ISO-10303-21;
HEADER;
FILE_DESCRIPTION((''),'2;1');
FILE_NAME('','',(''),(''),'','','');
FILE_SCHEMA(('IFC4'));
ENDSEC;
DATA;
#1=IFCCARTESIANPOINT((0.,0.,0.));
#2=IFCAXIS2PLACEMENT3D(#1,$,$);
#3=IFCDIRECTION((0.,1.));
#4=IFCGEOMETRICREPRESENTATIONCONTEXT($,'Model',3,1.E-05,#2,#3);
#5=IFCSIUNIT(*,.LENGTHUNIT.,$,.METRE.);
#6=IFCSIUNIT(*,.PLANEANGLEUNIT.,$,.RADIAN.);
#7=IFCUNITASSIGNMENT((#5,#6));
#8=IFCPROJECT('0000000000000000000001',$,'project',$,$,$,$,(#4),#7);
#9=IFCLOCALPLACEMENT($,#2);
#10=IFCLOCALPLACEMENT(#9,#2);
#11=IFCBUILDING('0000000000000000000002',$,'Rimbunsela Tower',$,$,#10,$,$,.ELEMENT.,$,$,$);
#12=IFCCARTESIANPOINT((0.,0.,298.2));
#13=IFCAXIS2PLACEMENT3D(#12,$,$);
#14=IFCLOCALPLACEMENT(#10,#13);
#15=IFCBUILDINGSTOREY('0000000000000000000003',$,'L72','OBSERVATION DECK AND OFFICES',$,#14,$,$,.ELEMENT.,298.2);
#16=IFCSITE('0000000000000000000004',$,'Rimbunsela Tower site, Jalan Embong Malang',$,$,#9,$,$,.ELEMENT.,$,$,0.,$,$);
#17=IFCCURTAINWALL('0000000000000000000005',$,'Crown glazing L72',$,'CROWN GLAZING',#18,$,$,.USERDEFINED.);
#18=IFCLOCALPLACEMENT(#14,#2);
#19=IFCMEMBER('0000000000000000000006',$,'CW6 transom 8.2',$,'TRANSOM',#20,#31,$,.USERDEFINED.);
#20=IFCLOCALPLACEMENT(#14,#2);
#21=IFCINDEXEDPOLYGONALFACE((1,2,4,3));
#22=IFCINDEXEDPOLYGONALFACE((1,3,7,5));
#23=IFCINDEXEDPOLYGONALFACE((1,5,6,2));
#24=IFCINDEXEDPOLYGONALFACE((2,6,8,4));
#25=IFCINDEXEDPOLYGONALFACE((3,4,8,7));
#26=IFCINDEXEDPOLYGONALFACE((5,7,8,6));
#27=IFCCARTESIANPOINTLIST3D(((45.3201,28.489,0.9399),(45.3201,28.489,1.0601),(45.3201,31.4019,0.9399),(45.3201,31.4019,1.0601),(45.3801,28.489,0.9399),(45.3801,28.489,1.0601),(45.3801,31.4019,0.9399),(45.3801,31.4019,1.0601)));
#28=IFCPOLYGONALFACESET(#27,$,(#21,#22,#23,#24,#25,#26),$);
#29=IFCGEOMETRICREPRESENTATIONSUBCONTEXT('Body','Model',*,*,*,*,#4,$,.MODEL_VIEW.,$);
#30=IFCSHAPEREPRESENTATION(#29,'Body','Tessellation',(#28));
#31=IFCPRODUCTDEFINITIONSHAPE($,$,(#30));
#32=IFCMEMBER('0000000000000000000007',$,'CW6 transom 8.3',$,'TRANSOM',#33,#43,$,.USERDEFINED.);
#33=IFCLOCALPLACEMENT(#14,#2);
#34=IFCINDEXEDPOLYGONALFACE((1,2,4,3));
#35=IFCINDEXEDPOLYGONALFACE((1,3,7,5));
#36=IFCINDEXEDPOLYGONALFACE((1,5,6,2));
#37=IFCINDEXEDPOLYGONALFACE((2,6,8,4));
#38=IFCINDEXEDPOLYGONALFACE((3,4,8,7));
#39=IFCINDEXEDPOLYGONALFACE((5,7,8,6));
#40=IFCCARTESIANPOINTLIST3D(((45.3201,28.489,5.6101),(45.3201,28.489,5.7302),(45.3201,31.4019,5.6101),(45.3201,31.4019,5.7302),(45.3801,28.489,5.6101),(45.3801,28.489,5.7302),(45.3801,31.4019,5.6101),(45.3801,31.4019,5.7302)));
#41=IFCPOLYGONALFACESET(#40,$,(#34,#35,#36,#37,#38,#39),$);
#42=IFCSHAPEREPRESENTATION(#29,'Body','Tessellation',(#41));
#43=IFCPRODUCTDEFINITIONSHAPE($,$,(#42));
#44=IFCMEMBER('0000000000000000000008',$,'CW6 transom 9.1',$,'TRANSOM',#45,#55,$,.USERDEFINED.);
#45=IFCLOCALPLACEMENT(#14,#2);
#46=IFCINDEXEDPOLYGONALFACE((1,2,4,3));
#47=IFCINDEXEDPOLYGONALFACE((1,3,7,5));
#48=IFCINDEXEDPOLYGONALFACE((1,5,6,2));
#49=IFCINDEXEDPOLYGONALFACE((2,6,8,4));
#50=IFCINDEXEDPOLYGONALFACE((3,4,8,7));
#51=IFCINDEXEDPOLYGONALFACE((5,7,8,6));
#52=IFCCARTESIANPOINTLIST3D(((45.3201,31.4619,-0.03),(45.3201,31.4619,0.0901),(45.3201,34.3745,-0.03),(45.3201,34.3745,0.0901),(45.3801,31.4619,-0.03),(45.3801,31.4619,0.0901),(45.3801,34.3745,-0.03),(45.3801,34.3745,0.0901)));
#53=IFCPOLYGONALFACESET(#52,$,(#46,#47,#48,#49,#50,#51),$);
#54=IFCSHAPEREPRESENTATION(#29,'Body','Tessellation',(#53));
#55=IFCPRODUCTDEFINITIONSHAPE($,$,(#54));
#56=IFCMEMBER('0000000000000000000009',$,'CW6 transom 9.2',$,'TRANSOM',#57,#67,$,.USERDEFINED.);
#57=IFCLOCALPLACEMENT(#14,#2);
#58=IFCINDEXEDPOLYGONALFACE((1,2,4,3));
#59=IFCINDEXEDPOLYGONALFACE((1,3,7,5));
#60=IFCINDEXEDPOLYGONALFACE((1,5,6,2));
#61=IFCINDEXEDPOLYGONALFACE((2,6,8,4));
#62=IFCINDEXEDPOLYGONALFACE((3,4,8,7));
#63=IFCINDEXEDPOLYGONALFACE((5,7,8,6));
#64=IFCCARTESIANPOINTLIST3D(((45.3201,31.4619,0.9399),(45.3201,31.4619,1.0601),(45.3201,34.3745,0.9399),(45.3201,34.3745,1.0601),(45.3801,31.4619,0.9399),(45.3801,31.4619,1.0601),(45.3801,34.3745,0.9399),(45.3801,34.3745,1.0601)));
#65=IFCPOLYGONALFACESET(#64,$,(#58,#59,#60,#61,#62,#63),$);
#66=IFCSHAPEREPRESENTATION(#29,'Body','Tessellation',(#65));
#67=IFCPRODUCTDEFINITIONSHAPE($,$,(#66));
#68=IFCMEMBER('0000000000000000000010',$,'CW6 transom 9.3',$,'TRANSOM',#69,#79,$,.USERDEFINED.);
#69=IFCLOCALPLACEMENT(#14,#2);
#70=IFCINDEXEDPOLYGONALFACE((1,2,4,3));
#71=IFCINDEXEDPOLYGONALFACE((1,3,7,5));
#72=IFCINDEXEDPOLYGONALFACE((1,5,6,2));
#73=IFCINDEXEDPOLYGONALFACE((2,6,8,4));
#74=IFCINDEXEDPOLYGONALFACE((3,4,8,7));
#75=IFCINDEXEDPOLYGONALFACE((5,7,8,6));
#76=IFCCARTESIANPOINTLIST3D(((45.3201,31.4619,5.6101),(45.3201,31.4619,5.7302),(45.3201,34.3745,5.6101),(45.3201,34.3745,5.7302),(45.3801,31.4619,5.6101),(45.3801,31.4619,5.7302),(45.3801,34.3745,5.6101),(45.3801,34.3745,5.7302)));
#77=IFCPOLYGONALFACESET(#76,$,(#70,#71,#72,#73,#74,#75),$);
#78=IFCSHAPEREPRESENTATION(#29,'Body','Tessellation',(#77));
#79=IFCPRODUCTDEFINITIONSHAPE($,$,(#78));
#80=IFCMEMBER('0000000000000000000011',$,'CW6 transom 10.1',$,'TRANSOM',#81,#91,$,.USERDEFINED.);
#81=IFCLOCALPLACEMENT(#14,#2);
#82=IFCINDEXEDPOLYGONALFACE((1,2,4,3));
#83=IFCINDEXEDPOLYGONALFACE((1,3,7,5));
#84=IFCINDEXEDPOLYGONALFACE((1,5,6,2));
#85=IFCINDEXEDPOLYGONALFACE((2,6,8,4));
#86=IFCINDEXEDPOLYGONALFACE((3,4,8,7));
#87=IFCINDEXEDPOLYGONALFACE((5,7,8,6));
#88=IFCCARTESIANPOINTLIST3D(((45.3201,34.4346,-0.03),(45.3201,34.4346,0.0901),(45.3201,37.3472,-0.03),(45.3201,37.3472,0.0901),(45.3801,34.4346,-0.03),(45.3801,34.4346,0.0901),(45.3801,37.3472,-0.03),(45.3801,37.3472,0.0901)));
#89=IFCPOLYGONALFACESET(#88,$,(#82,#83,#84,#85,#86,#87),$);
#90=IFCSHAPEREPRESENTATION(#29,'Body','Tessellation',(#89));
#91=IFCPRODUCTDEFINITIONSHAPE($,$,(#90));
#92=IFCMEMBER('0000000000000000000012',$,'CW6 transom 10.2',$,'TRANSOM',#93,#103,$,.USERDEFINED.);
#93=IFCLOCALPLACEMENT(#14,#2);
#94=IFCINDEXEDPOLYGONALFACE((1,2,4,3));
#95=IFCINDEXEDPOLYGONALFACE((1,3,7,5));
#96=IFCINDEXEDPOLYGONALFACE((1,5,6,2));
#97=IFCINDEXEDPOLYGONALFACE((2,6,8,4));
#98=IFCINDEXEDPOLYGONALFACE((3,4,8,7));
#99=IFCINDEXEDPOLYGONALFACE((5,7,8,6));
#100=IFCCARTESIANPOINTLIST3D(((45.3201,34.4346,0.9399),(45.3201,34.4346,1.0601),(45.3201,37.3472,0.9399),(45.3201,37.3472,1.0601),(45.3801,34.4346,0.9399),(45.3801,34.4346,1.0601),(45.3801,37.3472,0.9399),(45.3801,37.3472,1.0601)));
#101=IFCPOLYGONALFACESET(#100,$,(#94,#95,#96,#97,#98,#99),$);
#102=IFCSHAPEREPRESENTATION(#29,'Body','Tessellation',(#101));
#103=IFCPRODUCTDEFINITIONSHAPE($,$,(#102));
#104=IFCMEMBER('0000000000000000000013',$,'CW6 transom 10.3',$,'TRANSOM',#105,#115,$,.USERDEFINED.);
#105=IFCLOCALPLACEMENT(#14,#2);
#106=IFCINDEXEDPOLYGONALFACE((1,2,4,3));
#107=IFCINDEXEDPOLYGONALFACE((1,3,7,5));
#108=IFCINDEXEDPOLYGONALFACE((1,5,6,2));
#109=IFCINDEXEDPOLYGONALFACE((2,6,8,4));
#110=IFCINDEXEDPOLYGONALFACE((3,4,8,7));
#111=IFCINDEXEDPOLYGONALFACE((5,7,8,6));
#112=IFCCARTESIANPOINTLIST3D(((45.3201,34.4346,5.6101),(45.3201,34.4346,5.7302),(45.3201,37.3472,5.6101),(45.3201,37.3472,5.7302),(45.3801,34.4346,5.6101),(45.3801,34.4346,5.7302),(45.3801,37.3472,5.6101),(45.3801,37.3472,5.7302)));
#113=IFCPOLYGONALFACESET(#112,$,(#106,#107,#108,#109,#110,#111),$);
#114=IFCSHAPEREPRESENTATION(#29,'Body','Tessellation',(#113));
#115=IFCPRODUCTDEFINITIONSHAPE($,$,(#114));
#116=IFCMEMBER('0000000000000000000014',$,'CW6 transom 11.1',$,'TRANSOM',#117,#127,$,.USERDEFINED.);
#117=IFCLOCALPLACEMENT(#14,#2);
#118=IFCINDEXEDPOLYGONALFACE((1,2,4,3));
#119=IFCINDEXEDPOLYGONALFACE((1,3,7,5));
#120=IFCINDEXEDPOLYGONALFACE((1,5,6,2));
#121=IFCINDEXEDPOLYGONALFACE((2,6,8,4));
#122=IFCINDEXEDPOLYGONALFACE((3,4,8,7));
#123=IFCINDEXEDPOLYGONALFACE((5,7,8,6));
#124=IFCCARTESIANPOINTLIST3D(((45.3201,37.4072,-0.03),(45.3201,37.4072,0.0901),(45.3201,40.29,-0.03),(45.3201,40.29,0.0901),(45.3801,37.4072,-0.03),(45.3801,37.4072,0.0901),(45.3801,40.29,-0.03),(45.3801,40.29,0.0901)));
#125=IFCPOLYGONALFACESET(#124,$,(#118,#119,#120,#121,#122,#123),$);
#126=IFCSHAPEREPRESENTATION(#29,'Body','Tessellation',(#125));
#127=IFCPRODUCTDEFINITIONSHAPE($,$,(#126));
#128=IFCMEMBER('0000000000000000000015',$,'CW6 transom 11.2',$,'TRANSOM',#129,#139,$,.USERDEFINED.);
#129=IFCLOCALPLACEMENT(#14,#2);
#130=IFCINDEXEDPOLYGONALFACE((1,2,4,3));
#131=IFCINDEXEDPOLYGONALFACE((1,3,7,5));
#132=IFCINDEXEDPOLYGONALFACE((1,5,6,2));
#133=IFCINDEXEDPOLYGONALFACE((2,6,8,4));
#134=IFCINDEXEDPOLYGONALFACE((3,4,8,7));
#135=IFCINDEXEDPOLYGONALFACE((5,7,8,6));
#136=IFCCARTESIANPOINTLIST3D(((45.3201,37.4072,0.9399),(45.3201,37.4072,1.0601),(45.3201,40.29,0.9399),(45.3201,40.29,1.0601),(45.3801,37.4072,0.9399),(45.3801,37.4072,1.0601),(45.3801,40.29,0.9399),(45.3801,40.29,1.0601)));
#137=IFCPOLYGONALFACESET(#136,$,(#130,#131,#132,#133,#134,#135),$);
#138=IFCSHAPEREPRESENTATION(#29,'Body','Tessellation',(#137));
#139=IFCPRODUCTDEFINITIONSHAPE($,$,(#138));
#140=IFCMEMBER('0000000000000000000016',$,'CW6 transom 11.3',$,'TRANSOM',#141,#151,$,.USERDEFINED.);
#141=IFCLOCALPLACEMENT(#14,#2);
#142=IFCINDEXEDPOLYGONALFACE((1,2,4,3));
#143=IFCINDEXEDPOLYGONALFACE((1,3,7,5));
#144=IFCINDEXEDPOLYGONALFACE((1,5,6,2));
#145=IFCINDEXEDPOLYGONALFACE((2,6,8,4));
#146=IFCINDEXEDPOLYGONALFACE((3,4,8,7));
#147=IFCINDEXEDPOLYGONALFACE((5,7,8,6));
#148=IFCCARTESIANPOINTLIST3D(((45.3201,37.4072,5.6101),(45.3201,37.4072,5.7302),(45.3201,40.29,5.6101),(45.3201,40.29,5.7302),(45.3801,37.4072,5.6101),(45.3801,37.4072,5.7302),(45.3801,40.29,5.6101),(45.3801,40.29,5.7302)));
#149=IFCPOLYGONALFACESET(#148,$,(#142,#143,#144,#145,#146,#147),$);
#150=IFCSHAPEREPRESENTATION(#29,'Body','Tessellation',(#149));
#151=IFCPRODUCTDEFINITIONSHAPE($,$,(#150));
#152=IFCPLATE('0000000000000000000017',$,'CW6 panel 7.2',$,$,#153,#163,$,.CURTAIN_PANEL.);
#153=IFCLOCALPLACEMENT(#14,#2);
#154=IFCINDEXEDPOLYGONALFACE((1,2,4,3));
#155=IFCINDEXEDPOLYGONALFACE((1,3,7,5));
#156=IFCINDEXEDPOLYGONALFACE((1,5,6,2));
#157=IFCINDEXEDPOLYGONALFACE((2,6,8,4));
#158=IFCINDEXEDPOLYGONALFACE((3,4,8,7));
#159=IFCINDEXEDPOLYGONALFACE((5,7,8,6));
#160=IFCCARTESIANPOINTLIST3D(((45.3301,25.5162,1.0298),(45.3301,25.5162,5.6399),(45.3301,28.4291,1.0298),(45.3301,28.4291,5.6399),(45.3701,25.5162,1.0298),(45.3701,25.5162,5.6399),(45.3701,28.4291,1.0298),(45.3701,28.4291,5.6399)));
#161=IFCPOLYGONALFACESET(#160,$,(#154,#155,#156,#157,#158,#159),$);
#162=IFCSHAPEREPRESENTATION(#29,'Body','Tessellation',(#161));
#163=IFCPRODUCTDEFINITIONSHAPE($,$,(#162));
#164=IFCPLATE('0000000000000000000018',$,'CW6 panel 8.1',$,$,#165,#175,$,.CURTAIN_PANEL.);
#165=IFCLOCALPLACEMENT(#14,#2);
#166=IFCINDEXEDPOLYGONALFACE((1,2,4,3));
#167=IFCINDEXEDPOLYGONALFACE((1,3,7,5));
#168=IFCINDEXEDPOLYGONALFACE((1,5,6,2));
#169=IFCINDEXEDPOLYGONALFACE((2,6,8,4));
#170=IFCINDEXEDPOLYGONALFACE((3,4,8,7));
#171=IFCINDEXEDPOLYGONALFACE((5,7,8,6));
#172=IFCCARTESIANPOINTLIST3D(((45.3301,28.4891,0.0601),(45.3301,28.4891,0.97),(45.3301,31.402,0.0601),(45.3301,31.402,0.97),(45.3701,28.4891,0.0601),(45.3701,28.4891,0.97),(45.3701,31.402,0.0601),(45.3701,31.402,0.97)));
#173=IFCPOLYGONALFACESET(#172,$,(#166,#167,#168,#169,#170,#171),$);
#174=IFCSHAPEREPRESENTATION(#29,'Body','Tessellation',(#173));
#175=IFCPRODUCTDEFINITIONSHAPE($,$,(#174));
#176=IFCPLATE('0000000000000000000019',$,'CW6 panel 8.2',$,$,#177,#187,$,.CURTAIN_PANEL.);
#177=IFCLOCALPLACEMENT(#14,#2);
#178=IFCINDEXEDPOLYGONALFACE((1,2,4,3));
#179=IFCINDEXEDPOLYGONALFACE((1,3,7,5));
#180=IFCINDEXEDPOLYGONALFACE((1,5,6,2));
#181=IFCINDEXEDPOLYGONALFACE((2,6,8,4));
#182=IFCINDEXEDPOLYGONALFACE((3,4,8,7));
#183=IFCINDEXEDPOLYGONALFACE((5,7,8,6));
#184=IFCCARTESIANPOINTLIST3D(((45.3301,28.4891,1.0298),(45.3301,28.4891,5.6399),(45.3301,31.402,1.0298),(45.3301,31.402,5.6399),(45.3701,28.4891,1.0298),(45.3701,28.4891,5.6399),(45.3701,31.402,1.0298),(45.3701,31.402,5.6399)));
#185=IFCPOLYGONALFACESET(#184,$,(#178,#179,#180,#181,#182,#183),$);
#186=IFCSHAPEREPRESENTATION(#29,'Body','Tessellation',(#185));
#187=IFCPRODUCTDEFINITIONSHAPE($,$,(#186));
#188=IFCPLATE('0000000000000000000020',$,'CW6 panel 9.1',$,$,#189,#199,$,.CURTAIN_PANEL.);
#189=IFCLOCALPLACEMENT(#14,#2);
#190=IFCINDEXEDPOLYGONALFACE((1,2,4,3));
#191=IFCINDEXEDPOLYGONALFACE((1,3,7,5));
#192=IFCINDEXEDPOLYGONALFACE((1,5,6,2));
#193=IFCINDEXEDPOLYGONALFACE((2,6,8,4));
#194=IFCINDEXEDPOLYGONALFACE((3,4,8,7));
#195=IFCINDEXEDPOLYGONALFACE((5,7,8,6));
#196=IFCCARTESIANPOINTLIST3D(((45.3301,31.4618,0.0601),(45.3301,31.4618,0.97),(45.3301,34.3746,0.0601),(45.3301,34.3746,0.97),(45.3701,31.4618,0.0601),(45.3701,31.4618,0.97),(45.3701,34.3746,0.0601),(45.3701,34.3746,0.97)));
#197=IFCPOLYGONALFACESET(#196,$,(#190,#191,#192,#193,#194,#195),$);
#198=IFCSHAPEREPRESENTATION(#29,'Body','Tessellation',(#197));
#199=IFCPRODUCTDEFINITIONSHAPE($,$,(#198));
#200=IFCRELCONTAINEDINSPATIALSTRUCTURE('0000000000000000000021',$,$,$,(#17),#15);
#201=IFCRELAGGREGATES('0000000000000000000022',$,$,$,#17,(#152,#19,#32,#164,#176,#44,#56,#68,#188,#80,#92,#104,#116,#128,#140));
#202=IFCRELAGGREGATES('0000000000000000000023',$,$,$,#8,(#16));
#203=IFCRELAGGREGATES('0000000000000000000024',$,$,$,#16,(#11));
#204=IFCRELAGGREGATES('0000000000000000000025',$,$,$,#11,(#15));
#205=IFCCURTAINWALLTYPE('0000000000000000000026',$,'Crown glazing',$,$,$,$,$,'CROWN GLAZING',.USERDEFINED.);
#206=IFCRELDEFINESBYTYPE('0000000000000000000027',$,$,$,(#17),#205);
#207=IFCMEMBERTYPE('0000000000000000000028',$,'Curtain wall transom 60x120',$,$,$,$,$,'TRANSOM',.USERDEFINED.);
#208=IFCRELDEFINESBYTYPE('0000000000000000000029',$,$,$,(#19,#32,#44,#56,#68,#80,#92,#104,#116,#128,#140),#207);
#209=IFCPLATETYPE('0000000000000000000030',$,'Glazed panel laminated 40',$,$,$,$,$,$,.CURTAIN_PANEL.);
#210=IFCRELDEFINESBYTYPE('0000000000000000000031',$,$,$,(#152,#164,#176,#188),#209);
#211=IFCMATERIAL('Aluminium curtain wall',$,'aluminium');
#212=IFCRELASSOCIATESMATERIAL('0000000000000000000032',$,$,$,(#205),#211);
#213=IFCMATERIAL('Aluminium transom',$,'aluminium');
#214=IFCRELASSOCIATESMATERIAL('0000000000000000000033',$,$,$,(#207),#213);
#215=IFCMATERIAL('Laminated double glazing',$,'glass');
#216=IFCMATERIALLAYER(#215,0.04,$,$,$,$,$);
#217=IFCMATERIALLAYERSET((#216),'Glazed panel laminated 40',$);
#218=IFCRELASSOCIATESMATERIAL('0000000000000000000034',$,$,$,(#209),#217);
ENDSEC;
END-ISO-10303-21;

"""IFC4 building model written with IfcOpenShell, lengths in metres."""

from ifc_helpers import new_model, si_unit, direction, frame, origin, origin_2d, place, context, subcontext, project, spatial, rectangle, extrude, material, layer, layer_set, material_profile, profile_set, type_object, element, aggregate, save


model = new_model("IFC4")

# Units and contexts
model_context = context("Model", 3, precision=1e-05, world=origin(), true_north=direction((0.0, 1.0)))
body_context = subcontext(model_context, "Body", "Model", "MODEL_VIEW")
ifc_project = project(units=[si_unit("LENGTHUNIT", "METRE"), si_unit("PLANEANGLEUNIT", "RADIAN")], contexts=[model_context])

# Site, building, storey
site_placement = place(None, origin())
site = spatial("IfcSite", under=ifc_project, at=site_placement, Name="Rimbunsela Tower site, Jalan Embong Malang", CompositionType="ELEMENT", RefElevation=0.0)
building_placement = place(site_placement, origin())
building = spatial("IfcBuilding", under=site, at=building_placement, Name="Rimbunsela Tower", CompositionType="ELEMENT")
storey_placement = place(building_placement, frame((0.0, 0.0, 298.2)))
storey = spatial("IfcBuildingStorey", under=building, at=storey_placement, Name="L72", Description="OBSERVATION DECK AND OFFICES", CompositionType="ELEMENT", Elevation=298.2)

# Curtain wall, members, plates
ifc_material_1 = material(Name="Aluminium curtain wall", Category="aluminium")
curtain_wall_type = type_object("IfcCurtainWallType", Name="Crown glazing", ElementType="CROWN GLAZING", PredefinedType="USERDEFINED", material=ifc_material_1)
curtain_wall_placement = place(storey_placement, origin())
curtain_wall = element("IfcCurtainWall", 1, at=curtain_wall_placement, inside=storey, type_object=curtain_wall_type, Name="Crown glazing L72", ObjectType="CROWN GLAZING", PredefinedType="USERDEFINED")
ifc_material_2 = material(Name="Aluminium transom", Category="aluminium")
ifc_material_profile_1 = material_profile(ifc_material_2, rectangle(XDim=0.0601, YDim=0.1201, at=origin_2d()), Name="Transom 60x120")
ifc_profile_set_1 = profile_set([ifc_material_profile_1], Name="Aluminium transom")
member_type_1 = type_object("IfcMemberType", Name="Curtain wall transom 60x120", ElementType="TRANSOM", PredefinedType="USERDEFINED", material=ifc_profile_set_1)
member_1_placement = place(storey_placement, frame((45.3501, 28.489, 1.0), z_axis=(0.0, 1.0, 0.0), x_axis=(-1.0, 0.0, 0.0)))
member_1 = element("IfcMember", 2, at=member_1_placement, type_object=member_type_1, Name="CW6 transom 8.2", ObjectType="TRANSOM", PredefinedType="USERDEFINED", context=body_context, shape_type="SweptSolid", body=[
    extrude(rectangle(XDim=0.0601, YDim=0.1201, at=origin_2d()), origin(), (0.0, 0.0, 1.0), 2.9128),
])
member_2_placement = place(storey_placement, frame((45.3501, 28.489, 5.6702), z_axis=(0.0, 1.0, 0.0), x_axis=(-1.0, 0.0, 0.0)))
member_2 = element("IfcMember", 3, at=member_2_placement, type_object=member_type_1, Name="CW6 transom 8.3", ObjectType="TRANSOM", PredefinedType="USERDEFINED", context=body_context, shape_type="SweptSolid", body=[
    extrude(rectangle(XDim=0.0601, YDim=0.1201, at=origin_2d()), origin(), (0.0, 0.0, 1.0), 2.9128),
])
member_3_placement = place(storey_placement, frame((45.3501, 31.4619, 0.03), z_axis=(0.0, 1.0, 0.0), x_axis=(-1.0, 0.0, 0.0)))
member_3 = element("IfcMember", 4, at=member_3_placement, type_object=member_type_1, Name="CW6 transom 9.1", ObjectType="TRANSOM", PredefinedType="USERDEFINED", context=body_context, shape_type="SweptSolid", body=[
    extrude(rectangle(XDim=0.0601, YDim=0.1201, at=origin_2d()), origin(), (0.0, 0.0, 1.0), 2.9126),
])
member_4_placement = place(storey_placement, frame((45.3501, 31.4619, 1.0), z_axis=(0.0, 1.0, 0.0), x_axis=(-1.0, 0.0, 0.0)))
member_4 = element("IfcMember", 5, at=member_4_placement, type_object=member_type_1, Name="CW6 transom 9.2", ObjectType="TRANSOM", PredefinedType="USERDEFINED", context=body_context, shape_type="SweptSolid", body=[
    extrude(rectangle(XDim=0.0601, YDim=0.1201, at=origin_2d()), origin(), (0.0, 0.0, 1.0), 2.9126),
])
member_5_placement = place(storey_placement, frame((45.3501, 31.4619, 5.6702), z_axis=(0.0, 1.0, 0.0), x_axis=(-1.0, 0.0, 0.0)))
member_5 = element("IfcMember", 6, at=member_5_placement, type_object=member_type_1, Name="CW6 transom 9.3", ObjectType="TRANSOM", PredefinedType="USERDEFINED", context=body_context, shape_type="SweptSolid", body=[
    extrude(rectangle(XDim=0.0601, YDim=0.1201, at=origin_2d()), origin(), (0.0, 0.0, 1.0), 2.9126),
])
member_6_placement = place(storey_placement, frame((45.3501, 34.4346, 0.03), z_axis=(0.0, 1.0, 0.0), x_axis=(-1.0, 0.0, 0.0)))
member_6 = element("IfcMember", 7, at=member_6_placement, type_object=member_type_1, Name="CW6 transom 10.1", ObjectType="TRANSOM", PredefinedType="USERDEFINED", context=body_context, shape_type="SweptSolid", body=[
    extrude(rectangle(XDim=0.0601, YDim=0.1201, at=origin_2d()), origin(), (0.0, 0.0, 1.0), 2.9126),
])
member_7_placement = place(storey_placement, frame((45.3501, 34.4346, 1.0), z_axis=(0.0, 1.0, 0.0), x_axis=(-1.0, 0.0, 0.0)))
member_7 = element("IfcMember", 8, at=member_7_placement, type_object=member_type_1, Name="CW6 transom 10.2", ObjectType="TRANSOM", PredefinedType="USERDEFINED", context=body_context, shape_type="SweptSolid", body=[
    extrude(rectangle(XDim=0.0601, YDim=0.1201, at=origin_2d()), origin(), (0.0, 0.0, 1.0), 2.9126),
])
member_8_placement = place(storey_placement, frame((45.3501, 34.4346, 5.6702), z_axis=(0.0, 1.0, 0.0), x_axis=(-1.0, 0.0, 0.0)))
member_8 = element("IfcMember", 9, at=member_8_placement, type_object=member_type_1, Name="CW6 transom 10.3", ObjectType="TRANSOM", PredefinedType="USERDEFINED", context=body_context, shape_type="SweptSolid", body=[
    extrude(rectangle(XDim=0.0601, YDim=0.1201, at=origin_2d()), origin(), (0.0, 0.0, 1.0), 2.9126),
])
member_9_placement = place(storey_placement, frame((45.3501, 37.4072, 0.03), z_axis=(0.0, 1.0, 0.0), x_axis=(-1.0, 0.0, 0.0)))
member_9 = element("IfcMember", 10, at=member_9_placement, type_object=member_type_1, Name="CW6 transom 11.1", ObjectType="TRANSOM", PredefinedType="USERDEFINED", context=body_context, shape_type="SweptSolid", body=[
    extrude(rectangle(XDim=0.0601, YDim=0.1201, at=origin_2d()), origin(), (0.0, 0.0, 1.0), 2.8828),
])
member_10_placement = place(storey_placement, frame((45.3501, 37.4072, 1.0), z_axis=(0.0, 1.0, 0.0), x_axis=(-1.0, 0.0, 0.0)))
member_10 = element("IfcMember", 11, at=member_10_placement, type_object=member_type_1, Name="CW6 transom 11.2", ObjectType="TRANSOM", PredefinedType="USERDEFINED", context=body_context, shape_type="SweptSolid", body=[
    extrude(rectangle(XDim=0.0601, YDim=0.1201, at=origin_2d()), origin(), (0.0, 0.0, 1.0), 2.8828),
])
member_11_placement = place(storey_placement, frame((45.3501, 37.4072, 5.6702), z_axis=(0.0, 1.0, 0.0), x_axis=(-1.0, 0.0, 0.0)))
member_11 = element("IfcMember", 12, at=member_11_placement, type_object=member_type_1, Name="CW6 transom 11.3", ObjectType="TRANSOM", PredefinedType="USERDEFINED", context=body_context, shape_type="SweptSolid", body=[
    extrude(rectangle(XDim=0.0601, YDim=0.1201, at=origin_2d()), origin(), (0.0, 0.0, 1.0), 2.8828),
])
ifc_material_3 = material(Name="Laminated double glazing", Category="glass")
ifc_layer = layer(ifc_material_3, 0.04)
ifc_layer_set = layer_set([ifc_layer], Name="Glazed panel laminated 40")
plate_type = type_object("IfcPlateType", Name="Glazed panel laminated 40", PredefinedType="CURTAIN_PANEL", material=ifc_layer_set)
plate_1_placement = place(storey_placement, frame((45.3501, 26.9727, 1.0298), z_axis=(0.0, 0.0, 1.0), x_axis=(0.0, 1.0, 0.0)))
plate_1 = element("IfcPlate", 13, at=plate_1_placement, type_object=plate_type, Name="CW6 panel 7.2", PredefinedType="CURTAIN_PANEL", context=body_context, shape_type="SweptSolid", body=[
    extrude(rectangle(XDim=2.9128, YDim=0.04, at=origin_2d()), origin(), (0.0, 0.0, 1.0), 4.6101),
])
plate_2_placement = place(storey_placement, frame((45.3501, 29.9456, 0.0601), z_axis=(0.0, 0.0, 1.0), x_axis=(0.0, 1.0, 0.0)))
plate_2 = element("IfcPlate", 14, at=plate_2_placement, type_object=plate_type, Name="CW6 panel 8.1", PredefinedType="CURTAIN_PANEL", context=body_context, shape_type="SweptSolid", body=[
    extrude(rectangle(XDim=2.9128, YDim=0.04, at=origin_2d()), origin(), (0.0, 0.0, 1.0), 0.9099),
])
plate_3_placement = place(storey_placement, frame((45.3501, 29.9456, 1.0298), z_axis=(0.0, 0.0, 1.0), x_axis=(0.0, 1.0, 0.0)))
plate_3 = element("IfcPlate", 15, at=plate_3_placement, type_object=plate_type, Name="CW6 panel 8.2", PredefinedType="CURTAIN_PANEL", context=body_context, shape_type="SweptSolid", body=[
    extrude(rectangle(XDim=2.9128, YDim=0.04, at=origin_2d()), origin(), (0.0, 0.0, 1.0), 4.6101),
])
plate_4_placement = place(storey_placement, frame((45.3501, 32.9182, 0.0601), z_axis=(0.0, 0.0, 1.0), x_axis=(0.0, 1.0, 0.0)))
plate_4 = element("IfcPlate", 16, at=plate_4_placement, type_object=plate_type, Name="CW6 panel 9.1", PredefinedType="CURTAIN_PANEL", context=body_context, shape_type="SweptSolid", body=[
    extrude(rectangle(XDim=2.9128, YDim=0.04, at=origin_2d()), origin(), (0.0, 0.0, 1.0), 0.9099),
])
aggregate(curtain_wall, [plate_1, member_1, member_2, plate_2, plate_3, member_3, member_4, member_5, plate_4, member_6, member_7, member_8, member_9, member_10, member_11])

save(model, "model.ifc")
